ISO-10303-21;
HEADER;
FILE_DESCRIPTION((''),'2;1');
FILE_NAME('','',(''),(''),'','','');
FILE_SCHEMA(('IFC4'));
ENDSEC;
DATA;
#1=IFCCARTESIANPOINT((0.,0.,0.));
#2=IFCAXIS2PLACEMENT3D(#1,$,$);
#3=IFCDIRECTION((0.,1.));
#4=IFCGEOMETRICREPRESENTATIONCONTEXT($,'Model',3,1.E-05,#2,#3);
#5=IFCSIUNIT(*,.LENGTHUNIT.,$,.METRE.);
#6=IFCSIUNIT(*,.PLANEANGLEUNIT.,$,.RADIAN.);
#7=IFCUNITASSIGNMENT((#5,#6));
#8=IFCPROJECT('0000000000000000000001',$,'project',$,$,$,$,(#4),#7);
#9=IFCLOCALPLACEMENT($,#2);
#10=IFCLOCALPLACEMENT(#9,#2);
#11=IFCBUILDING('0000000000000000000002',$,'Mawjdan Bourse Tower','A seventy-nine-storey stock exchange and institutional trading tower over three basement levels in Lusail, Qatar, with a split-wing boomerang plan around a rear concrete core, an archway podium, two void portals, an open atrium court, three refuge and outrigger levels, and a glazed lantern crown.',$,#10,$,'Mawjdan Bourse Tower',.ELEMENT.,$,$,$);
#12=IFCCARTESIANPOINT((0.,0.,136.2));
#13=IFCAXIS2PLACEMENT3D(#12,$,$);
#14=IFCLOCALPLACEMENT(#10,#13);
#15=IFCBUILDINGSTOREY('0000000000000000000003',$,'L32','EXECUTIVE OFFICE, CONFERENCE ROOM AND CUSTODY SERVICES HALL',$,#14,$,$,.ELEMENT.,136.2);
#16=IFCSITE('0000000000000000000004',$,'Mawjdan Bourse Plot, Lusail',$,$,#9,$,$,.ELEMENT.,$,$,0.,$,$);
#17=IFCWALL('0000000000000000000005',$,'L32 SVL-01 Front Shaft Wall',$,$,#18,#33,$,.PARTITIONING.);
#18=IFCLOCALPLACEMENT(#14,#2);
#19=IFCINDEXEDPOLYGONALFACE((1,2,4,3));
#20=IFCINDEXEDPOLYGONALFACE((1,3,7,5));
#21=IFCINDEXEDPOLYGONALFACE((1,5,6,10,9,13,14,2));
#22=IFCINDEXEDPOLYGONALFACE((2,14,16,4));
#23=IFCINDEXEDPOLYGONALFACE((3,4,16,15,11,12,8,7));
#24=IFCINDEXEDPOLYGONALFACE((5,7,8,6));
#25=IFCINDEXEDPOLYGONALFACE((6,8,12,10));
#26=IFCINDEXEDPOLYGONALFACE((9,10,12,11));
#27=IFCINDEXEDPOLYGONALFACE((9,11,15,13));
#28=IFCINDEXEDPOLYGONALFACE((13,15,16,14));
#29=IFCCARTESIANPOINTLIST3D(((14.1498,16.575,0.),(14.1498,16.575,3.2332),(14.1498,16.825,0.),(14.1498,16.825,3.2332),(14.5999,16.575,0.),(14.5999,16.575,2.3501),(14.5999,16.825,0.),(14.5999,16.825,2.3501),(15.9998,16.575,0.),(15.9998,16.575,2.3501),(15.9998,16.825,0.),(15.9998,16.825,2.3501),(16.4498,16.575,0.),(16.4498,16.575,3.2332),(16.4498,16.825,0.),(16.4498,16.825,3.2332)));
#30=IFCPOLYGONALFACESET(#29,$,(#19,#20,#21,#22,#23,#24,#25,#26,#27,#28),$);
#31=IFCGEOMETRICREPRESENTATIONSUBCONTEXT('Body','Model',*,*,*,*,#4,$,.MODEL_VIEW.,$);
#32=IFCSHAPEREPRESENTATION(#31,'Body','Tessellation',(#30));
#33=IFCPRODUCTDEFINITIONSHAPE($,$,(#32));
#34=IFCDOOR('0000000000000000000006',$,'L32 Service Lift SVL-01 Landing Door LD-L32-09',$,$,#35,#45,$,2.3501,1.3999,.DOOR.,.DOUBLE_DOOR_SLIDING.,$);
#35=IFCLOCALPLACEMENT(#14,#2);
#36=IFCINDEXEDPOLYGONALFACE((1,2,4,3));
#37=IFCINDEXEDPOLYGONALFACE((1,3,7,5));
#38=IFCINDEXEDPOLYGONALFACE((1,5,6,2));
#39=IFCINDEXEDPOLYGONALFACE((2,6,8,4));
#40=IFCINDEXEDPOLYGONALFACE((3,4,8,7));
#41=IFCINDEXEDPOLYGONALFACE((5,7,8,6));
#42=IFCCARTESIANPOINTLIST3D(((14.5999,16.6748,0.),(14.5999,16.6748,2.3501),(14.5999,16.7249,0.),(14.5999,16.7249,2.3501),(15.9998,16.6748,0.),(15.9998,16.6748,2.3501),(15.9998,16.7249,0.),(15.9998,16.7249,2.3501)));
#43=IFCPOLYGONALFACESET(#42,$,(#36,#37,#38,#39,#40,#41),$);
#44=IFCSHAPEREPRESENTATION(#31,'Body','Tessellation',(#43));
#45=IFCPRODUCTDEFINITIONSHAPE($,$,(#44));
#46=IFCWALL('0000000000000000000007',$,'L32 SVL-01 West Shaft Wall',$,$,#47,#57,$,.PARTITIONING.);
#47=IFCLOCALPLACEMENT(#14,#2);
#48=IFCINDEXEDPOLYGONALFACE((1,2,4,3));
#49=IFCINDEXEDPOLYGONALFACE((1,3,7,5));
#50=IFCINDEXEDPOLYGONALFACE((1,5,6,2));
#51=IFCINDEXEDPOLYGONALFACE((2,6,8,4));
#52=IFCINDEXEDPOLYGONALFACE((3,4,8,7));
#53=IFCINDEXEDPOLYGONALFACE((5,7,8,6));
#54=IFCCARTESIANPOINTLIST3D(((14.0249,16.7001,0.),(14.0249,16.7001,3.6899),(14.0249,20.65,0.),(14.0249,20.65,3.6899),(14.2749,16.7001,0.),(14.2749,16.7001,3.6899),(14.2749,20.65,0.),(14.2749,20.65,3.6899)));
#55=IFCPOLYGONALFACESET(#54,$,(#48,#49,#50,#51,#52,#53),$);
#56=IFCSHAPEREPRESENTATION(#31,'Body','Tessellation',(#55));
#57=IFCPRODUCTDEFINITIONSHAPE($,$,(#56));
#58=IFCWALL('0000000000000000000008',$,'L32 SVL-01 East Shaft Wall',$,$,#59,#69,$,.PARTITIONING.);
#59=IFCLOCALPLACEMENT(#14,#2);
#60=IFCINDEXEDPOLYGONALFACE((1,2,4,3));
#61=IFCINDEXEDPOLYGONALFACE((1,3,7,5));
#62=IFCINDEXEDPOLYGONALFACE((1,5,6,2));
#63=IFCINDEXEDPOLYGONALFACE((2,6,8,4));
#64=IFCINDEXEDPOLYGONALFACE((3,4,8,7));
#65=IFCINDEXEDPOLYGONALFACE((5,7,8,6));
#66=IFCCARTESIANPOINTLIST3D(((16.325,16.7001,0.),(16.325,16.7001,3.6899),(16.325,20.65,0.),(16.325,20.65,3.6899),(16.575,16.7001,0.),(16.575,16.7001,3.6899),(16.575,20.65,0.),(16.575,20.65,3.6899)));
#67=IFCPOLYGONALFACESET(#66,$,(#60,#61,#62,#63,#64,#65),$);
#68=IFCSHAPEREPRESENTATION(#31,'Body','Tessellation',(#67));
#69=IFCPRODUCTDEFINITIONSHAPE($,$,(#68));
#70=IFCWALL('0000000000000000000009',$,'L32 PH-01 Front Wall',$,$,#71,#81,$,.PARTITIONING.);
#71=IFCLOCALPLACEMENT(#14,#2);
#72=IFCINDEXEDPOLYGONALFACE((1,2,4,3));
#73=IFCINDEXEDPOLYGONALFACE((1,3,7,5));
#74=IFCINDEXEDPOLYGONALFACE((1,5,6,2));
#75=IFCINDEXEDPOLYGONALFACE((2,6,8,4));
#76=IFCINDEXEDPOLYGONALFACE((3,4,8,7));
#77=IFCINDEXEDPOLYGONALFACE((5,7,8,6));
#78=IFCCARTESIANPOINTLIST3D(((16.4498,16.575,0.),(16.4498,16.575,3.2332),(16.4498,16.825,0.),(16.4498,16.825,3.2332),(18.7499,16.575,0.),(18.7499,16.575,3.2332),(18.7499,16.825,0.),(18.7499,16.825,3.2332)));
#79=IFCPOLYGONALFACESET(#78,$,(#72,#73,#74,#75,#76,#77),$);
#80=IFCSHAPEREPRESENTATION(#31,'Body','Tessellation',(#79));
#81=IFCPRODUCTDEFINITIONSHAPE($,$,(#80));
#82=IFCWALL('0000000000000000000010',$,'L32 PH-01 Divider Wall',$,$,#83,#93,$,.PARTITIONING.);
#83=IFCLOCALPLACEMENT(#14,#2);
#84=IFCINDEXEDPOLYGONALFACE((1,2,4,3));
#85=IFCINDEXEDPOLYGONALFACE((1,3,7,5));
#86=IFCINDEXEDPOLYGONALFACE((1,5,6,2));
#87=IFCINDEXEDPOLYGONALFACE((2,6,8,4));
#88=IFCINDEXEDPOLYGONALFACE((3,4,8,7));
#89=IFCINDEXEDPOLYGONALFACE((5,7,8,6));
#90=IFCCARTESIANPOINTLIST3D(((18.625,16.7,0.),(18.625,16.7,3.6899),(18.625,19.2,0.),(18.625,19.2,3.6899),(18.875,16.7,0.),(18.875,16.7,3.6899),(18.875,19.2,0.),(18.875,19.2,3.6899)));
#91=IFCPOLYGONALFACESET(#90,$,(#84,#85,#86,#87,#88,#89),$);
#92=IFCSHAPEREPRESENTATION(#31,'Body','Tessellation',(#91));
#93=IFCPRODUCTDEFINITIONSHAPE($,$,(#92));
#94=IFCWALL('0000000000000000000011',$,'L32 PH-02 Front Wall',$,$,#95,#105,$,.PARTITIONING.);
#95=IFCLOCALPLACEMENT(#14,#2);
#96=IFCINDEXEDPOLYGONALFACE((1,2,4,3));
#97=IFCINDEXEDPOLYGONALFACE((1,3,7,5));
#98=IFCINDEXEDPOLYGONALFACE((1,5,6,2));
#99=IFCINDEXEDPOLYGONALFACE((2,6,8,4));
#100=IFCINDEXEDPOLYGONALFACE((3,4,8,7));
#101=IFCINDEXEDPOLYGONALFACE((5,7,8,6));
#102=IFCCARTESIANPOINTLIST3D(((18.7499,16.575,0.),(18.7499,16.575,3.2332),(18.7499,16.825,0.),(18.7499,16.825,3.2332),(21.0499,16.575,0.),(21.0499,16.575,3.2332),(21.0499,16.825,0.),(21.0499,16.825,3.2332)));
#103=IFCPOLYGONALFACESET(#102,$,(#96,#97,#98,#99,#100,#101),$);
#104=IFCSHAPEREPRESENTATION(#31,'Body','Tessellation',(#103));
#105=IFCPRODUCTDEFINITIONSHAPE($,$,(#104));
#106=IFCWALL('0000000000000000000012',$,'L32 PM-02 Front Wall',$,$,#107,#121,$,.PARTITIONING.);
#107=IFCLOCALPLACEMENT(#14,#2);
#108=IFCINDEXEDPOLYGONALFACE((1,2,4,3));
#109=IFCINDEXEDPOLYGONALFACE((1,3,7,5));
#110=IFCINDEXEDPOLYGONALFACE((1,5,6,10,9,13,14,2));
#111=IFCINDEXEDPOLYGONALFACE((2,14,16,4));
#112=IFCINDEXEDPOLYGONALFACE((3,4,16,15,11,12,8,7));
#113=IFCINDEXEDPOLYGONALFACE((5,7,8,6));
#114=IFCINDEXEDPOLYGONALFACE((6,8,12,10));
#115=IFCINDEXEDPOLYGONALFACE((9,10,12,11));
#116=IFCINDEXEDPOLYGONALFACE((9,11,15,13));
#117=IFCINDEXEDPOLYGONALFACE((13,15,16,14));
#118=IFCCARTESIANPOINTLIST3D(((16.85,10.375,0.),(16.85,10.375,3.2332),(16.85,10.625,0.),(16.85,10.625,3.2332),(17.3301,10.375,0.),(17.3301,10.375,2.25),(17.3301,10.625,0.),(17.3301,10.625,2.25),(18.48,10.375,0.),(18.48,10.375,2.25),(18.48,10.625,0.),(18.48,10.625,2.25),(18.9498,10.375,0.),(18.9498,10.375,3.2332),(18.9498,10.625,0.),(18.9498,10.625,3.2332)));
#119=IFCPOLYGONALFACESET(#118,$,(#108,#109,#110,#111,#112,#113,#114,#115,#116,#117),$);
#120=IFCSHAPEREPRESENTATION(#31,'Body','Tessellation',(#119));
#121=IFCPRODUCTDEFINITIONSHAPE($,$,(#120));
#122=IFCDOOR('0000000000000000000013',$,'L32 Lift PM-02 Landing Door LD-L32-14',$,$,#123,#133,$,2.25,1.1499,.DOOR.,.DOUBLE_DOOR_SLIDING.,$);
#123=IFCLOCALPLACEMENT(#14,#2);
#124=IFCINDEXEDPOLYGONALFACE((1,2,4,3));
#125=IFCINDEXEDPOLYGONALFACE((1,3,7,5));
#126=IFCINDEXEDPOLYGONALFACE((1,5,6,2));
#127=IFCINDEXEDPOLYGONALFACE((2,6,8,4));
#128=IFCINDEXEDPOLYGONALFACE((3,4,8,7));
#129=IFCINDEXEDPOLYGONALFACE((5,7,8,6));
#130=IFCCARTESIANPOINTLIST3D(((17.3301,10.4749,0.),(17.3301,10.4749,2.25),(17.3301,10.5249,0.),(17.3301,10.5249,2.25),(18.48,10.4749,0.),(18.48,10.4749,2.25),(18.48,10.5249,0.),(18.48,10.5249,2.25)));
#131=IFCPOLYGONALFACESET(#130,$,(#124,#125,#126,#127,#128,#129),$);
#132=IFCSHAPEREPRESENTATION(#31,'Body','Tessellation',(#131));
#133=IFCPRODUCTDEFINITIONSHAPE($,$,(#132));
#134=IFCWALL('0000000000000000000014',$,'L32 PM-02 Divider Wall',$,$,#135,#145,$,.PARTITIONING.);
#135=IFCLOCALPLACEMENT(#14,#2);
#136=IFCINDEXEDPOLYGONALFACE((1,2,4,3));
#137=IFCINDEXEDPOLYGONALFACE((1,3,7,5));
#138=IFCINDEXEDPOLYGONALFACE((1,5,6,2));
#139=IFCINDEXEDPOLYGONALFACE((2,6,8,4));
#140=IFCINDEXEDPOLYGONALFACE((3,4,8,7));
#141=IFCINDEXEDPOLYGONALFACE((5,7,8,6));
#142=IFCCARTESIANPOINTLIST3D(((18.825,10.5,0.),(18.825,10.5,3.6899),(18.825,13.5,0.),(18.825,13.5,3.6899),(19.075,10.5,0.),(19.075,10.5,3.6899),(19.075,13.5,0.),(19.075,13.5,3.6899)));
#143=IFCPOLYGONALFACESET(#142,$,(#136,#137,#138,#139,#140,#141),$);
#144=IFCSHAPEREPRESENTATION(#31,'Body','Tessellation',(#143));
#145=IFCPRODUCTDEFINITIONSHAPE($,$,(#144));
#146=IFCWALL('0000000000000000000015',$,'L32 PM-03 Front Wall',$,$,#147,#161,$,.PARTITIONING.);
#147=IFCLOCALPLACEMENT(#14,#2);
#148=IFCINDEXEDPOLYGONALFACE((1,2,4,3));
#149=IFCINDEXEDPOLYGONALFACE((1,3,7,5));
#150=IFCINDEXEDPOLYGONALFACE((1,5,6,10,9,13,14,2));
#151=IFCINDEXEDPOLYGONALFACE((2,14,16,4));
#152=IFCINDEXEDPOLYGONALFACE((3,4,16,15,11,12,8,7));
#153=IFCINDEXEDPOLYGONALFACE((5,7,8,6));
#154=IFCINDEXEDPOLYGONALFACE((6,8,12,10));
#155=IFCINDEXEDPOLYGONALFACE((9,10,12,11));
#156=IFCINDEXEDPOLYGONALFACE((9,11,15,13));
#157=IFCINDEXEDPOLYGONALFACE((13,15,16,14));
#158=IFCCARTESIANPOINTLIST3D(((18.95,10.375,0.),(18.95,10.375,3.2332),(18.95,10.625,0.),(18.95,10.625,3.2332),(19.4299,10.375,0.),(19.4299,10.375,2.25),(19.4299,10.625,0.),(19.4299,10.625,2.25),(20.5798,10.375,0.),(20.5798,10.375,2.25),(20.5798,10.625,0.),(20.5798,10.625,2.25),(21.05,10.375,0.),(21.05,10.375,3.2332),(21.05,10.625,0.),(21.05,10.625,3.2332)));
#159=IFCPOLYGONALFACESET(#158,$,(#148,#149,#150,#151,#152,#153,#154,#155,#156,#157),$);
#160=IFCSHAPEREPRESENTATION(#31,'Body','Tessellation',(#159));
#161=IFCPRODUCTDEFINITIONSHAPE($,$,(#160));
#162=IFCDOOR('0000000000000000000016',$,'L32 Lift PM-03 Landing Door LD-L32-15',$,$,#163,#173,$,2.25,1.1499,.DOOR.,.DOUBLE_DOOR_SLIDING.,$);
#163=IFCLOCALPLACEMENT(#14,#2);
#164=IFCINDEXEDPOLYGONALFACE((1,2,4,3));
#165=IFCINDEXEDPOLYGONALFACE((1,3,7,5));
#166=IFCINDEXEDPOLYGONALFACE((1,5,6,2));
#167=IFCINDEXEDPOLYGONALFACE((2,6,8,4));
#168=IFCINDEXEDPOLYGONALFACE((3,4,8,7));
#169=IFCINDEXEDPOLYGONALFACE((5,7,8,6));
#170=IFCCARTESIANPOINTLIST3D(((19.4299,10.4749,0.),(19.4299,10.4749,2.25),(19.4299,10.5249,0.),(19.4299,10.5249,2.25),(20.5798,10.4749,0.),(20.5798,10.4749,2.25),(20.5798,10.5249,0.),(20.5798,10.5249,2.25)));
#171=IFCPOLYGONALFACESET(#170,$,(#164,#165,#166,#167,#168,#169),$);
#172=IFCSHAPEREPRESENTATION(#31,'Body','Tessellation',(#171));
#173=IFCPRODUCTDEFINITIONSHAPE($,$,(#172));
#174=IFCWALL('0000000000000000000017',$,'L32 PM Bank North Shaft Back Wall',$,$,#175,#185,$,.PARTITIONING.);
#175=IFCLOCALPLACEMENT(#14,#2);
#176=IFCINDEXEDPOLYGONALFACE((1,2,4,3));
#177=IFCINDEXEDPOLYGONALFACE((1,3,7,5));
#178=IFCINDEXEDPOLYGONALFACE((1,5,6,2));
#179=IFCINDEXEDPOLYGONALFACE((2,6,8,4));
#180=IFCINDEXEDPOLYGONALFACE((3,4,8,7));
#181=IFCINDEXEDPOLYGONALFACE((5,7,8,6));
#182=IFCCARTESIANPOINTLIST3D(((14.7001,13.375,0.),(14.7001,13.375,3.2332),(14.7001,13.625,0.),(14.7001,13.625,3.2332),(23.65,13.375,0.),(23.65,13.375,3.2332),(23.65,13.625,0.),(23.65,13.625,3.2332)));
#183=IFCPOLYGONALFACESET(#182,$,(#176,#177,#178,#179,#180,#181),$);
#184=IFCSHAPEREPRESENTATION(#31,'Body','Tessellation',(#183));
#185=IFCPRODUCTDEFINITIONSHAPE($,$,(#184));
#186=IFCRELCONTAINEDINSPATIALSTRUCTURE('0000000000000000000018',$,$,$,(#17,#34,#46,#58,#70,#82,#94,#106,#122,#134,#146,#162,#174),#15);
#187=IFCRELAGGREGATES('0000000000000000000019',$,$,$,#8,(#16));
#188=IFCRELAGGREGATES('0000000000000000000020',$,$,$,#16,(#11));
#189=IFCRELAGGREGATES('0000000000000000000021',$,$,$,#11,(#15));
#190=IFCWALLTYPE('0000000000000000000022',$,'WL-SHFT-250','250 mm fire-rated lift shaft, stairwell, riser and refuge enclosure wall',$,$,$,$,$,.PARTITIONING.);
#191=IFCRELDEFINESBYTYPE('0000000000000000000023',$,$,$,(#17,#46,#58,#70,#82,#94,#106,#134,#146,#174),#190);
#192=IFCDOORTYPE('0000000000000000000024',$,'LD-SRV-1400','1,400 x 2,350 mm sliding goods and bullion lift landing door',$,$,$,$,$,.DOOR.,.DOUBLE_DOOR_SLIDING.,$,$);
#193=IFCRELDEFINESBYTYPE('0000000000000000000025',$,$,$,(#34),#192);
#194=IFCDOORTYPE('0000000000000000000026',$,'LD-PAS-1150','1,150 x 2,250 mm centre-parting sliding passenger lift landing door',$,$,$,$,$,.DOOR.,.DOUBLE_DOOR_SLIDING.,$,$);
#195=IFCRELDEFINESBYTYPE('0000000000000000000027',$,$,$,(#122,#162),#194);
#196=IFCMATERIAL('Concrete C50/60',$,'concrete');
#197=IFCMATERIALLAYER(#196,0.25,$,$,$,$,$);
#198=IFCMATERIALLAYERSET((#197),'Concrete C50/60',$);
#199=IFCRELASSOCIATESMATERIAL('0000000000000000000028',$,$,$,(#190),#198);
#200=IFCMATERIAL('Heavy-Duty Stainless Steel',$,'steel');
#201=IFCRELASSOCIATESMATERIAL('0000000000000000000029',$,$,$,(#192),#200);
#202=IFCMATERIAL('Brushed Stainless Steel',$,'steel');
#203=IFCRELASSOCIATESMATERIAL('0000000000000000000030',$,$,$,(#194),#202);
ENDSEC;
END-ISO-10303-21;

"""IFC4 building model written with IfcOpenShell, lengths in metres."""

from ifc_helpers import new_model, si_unit, direction, frame, frame_2d, origin, place, context, subcontext, project, spatial, rectangle, extrude, material, layer, layer_set, type_object, element, fill, save


model = new_model("IFC4")

# Units and contexts
model_context = context("Model", 3, precision=1e-05, world=origin(), true_north=direction((0.0, 1.0)))
body_context = subcontext(model_context, "Body", "Model", "MODEL_VIEW")
ifc_project = project(units=[si_unit("LENGTHUNIT", "METRE"), si_unit("PLANEANGLEUNIT", "RADIAN")], contexts=[model_context])

# Site, building, storey
site_placement = place(None, origin())
site = spatial("IfcSite", under=ifc_project, at=site_placement, Name="Mawjdan Bourse Plot, Lusail", CompositionType="ELEMENT", RefElevation=0.0)
building_placement = place(site_placement, origin())
building = spatial("IfcBuilding", under=site, at=building_placement, Name="Mawjdan Bourse Tower", Description="A seventy-nine-storey stock exchange and institutional trading tower over three basement levels in Lusail, Qatar, with a split-wing boomerang plan around a rear concrete core, an archway podium, two void portals, an open atrium court, three refuge and outrigger levels, and a glazed lantern crown.", LongName="Mawjdan Bourse Tower", CompositionType="ELEMENT")
storey_placement = place(building_placement, frame((0.0, 0.0, 136.2)))
storey = spatial("IfcBuildingStorey", under=building, at=storey_placement, Name="L32", Description="EXECUTIVE OFFICE, CONFERENCE ROOM AND CUSTODY SERVICES HALL", CompositionType="ELEMENT", Elevation=136.2)

# Shared definitions
ifc_material_1 = material(Name="Concrete C50/60", Category="concrete")
ifc_layer_1 = layer(ifc_material_1, 0.25)
ifc_layer_set_1 = layer_set([ifc_layer_1], Name="Concrete C50/60")
wall_type_1 = type_object("IfcWallType", Name="WL-SHFT-250", Description="250 mm fire-rated lift shaft, stairwell, riser and refuge enclosure wall", PredefinedType="PARTITIONING", material=ifc_layer_set_1)

# Wall, opening, door
wall_1_placement = place(storey_placement, frame((14.1499, 16.7, 0.0), z_axis=(0.0, 0.0, 1.0), x_axis=(1.0, 0.0, 0.0)))
wall_1 = element("IfcWall", 1, at=wall_1_placement, inside=storey, type_object=wall_type_1, Name="L32 SVL-01 Front Shaft Wall", PredefinedType="PARTITIONING", context=body_context, shape_type="SweptSolid", body=[
    extrude(rectangle(XDim=2.3, YDim=0.25, at=frame_2d((1.1499, 0.0))), origin(), (0.0, 0.0, 1.0), 3.2332),
])
opening_1_placement = place(wall_1_placement, frame((0.45, 0.0, 0.0)))
opening_1 = element("IfcOpeningElement", 2, at=opening_1_placement, cuts=wall_1, PredefinedType="OPENING", context=body_context, shape_type="SweptSolid", body=[
    extrude(rectangle(XDim=1.3999, YDim=2.3501, at=frame_2d((0.7, 1.175))), frame((0.0, 0.135, 0.0), z_axis=(0.0, -1.0, 0.0), x_axis=(1.0, 0.0, 0.0)), (0.0, 0.0, 1.0), 0.27),
])
ifc_material_2 = material(Name="Heavy-Duty Stainless Steel", Category="steel")
door_type_1 = type_object("IfcDoorType", Name="LD-SRV-1400", Description="1,400 x 2,350 mm sliding goods and bullion lift landing door", OperationType="DOUBLE_DOOR_SLIDING", PredefinedType="DOOR", material=ifc_material_2)
door_1_placement = place(opening_1_placement, origin())
door_1 = element("IfcDoor", 3, at=door_1_placement, inside=storey, type_object=door_type_1, Name="L32 Service Lift SVL-01 Landing Door LD-L32-09", OperationType="DOUBLE_DOOR_SLIDING", OverallHeight=2.3501, OverallWidth=1.3999, PredefinedType="DOOR", context=body_context, shape_type="SweptSolid", body=[
    extrude(rectangle(XDim=1.3999, YDim=2.3501, at=frame_2d((0.7, 1.175))), frame((0.0, 0.0249, 0.0), z_axis=(0.0, -1.0, 0.0), x_axis=(1.0, 0.0, 0.0)), (0.0, 0.0, 1.0), 0.05),
])
fill(opening_1, door_1)

# Walls
for number, where, z_axis, x_axis, name in (
    (4, (14.1499, 16.7, 0.0), (0.0, 0.0, 1.0), (0.0, 1.0, 0.0), "L32 SVL-01 West Shaft Wall"),
    (5, (16.45, 16.7, 0.0), (0.0, 0.0, 1.0), (0.0, 1.0, 0.0), "L32 SVL-01 East Shaft Wall"),
):
    element("IfcWall", number, at=place(storey_placement, frame(where, z_axis=z_axis, x_axis=x_axis)), inside=storey, type_object=wall_type_1, Name=name, PredefinedType="PARTITIONING", context=body_context, shape_type="SweptSolid", body=[
        extrude(rectangle(XDim=3.95, YDim=0.25, at=frame_2d((1.9751, 0.0))), origin(), (0.0, 0.0, 1.0), 3.6899),
    ])
wall_2_placement = place(storey_placement, frame((16.45, 16.7, 0.0), z_axis=(0.0, 0.0, 1.0), x_axis=(1.0, 0.0, 0.0)))
element("IfcWall", 6, at=wall_2_placement, inside=storey, type_object=wall_type_1, Name="L32 PH-01 Front Wall", PredefinedType="PARTITIONING", context=body_context, shape_type="SweptSolid", body=[
    extrude(rectangle(XDim=2.3, YDim=0.25, at=frame_2d((1.1499, 0.0))), origin(), (0.0, 0.0, 1.0), 3.2332),
])
wall_3_placement = place(storey_placement, frame((18.75, 16.7, 0.0), z_axis=(0.0, 0.0, 1.0), x_axis=(0.0, 1.0, 0.0)))
element("IfcWall", 7, at=wall_3_placement, inside=storey, type_object=wall_type_1, Name="L32 PH-01 Divider Wall", PredefinedType="PARTITIONING", context=body_context, shape_type="SweptSolid", body=[
    extrude(rectangle(XDim=2.5, YDim=0.25, at=frame_2d((1.25, 0.0))), origin(), (0.0, 0.0, 1.0), 3.6899),
])
wall_4_placement = place(storey_placement, frame((18.75, 16.7, 0.0), z_axis=(0.0, 0.0, 1.0), x_axis=(1.0, 0.0, 0.0)))
element("IfcWall", 8, at=wall_4_placement, inside=storey, type_object=wall_type_1, Name="L32 PH-02 Front Wall", PredefinedType="PARTITIONING", context=body_context, shape_type="SweptSolid", body=[
    extrude(rectangle(XDim=2.3, YDim=0.25, at=frame_2d((1.1499, 0.0))), origin(), (0.0, 0.0, 1.0), 3.2332),
])

# Wall, opening, door
wall_5_placement = place(storey_placement, frame((16.8501, 10.5, 0.0), z_axis=(0.0, 0.0, 1.0), x_axis=(1.0, 0.0, 0.0)))
wall_5 = element("IfcWall", 9, at=wall_5_placement, inside=storey, type_object=wall_type_1, Name="L32 PM-02 Front Wall", PredefinedType="PARTITIONING", context=body_context, shape_type="SweptSolid", body=[
    extrude(rectangle(XDim=2.0999, YDim=0.25, at=frame_2d((1.0498, 0.0))), origin(), (0.0, 0.0, 1.0), 3.2332),
])
opening_2_placement = place(wall_5_placement, frame((0.48, 0.0, 0.0)))
opening_2 = element("IfcOpeningElement", 10, at=opening_2_placement, cuts=wall_5, PredefinedType="OPENING", context=body_context, shape_type="SweptSolid", body=[
    extrude(rectangle(XDim=1.1499, YDim=2.25, at=frame_2d((0.575, 1.125))), frame((0.0, 0.135, 0.0), z_axis=(0.0, -1.0, 0.0), x_axis=(1.0, 0.0, 0.0)), (0.0, 0.0, 1.0), 0.27),
])
ifc_material_3 = material(Name="Brushed Stainless Steel", Category="steel")
door_type_2 = type_object("IfcDoorType", Name="LD-PAS-1150", Description="1,150 x 2,250 mm centre-parting sliding passenger lift landing door", OperationType="DOUBLE_DOOR_SLIDING", PredefinedType="DOOR", material=ifc_material_3)
door_2_placement = place(opening_2_placement, origin())
door_2 = element("IfcDoor", 11, at=door_2_placement, inside=storey, type_object=door_type_2, Name="L32 Lift PM-02 Landing Door LD-L32-14", OperationType="DOUBLE_DOOR_SLIDING", OverallHeight=2.25, OverallWidth=1.1499, PredefinedType="DOOR", context=body_context, shape_type="SweptSolid", body=[
    extrude(rectangle(XDim=1.1499, YDim=2.25, at=frame_2d((0.575, 1.125))), frame((0.0, 0.0249, 0.0), z_axis=(0.0, -1.0, 0.0), x_axis=(1.0, 0.0, 0.0)), (0.0, 0.0, 1.0), 0.05),
])
fill(opening_2, door_2)

# Wall
wall_6_placement = place(storey_placement, frame((18.95, 10.5, 0.0), z_axis=(0.0, 0.0, 1.0), x_axis=(0.0, 1.0, 0.0)))
element("IfcWall", 12, at=wall_6_placement, inside=storey, type_object=wall_type_1, Name="L32 PM-02 Divider Wall", PredefinedType="PARTITIONING", context=body_context, shape_type="SweptSolid", body=[
    extrude(rectangle(XDim=3.0, YDim=0.25, at=frame_2d((1.5, 0.0))), origin(), (0.0, 0.0, 1.0), 3.6899),
])

# Wall, opening, door
wall_7_placement = place(storey_placement, frame((18.95, 10.5, 0.0), z_axis=(0.0, 0.0, 1.0), x_axis=(1.0, 0.0, 0.0)))
wall_7 = element("IfcWall", 13, at=wall_7_placement, inside=storey, type_object=wall_type_1, Name="L32 PM-03 Front Wall", PredefinedType="PARTITIONING", context=body_context, shape_type="SweptSolid", body=[
    extrude(rectangle(XDim=2.1001, YDim=0.25, at=frame_2d((1.05, 0.0))), origin(), (0.0, 0.0, 1.0), 3.2332),
])
opening_3_placement = place(wall_7_placement, frame((0.48, 0.0, 0.0)))
opening_3 = element("IfcOpeningElement", 14, at=opening_3_placement, cuts=wall_7, PredefinedType="OPENING", context=body_context, shape_type="SweptSolid", body=[
    extrude(rectangle(XDim=1.1499, YDim=2.25, at=frame_2d((0.575, 1.125))), frame((0.0, 0.135, 0.0), z_axis=(0.0, -1.0, 0.0), x_axis=(1.0, 0.0, 0.0)), (0.0, 0.0, 1.0), 0.27),
])
door_3_placement = place(opening_3_placement, origin())
door_3 = element("IfcDoor", 15, at=door_3_placement, inside=storey, type_object=door_type_2, Name="L32 Lift PM-03 Landing Door LD-L32-15", OperationType="DOUBLE_DOOR_SLIDING", OverallHeight=2.25, OverallWidth=1.1499, PredefinedType="DOOR", context=body_context, shape_type="SweptSolid", body=[
    extrude(rectangle(XDim=1.1499, YDim=2.25, at=frame_2d((0.575, 1.125))), frame((0.0, 0.0249, 0.0), z_axis=(0.0, -1.0, 0.0), x_axis=(1.0, 0.0, 0.0)), (0.0, 0.0, 1.0), 0.05),
])
fill(opening_3, door_3)

# Wall
wall_8_placement = place(storey_placement, frame((14.7, 13.5, 0.0), z_axis=(0.0, 0.0, 1.0), x_axis=(1.0, 0.0, 0.0)))
element("IfcWall", 16, at=wall_8_placement, inside=storey, type_object=wall_type_1, Name="L32 PM Bank North Shaft Back Wall", PredefinedType="PARTITIONING", context=body_context, shape_type="SweptSolid", body=[
    extrude(rectangle(XDim=8.95, YDim=0.25, at=frame_2d((4.4751, 0.0))), origin(), (0.0, 0.0, 1.0), 3.2332),
])

save(model, "model.ifc")
